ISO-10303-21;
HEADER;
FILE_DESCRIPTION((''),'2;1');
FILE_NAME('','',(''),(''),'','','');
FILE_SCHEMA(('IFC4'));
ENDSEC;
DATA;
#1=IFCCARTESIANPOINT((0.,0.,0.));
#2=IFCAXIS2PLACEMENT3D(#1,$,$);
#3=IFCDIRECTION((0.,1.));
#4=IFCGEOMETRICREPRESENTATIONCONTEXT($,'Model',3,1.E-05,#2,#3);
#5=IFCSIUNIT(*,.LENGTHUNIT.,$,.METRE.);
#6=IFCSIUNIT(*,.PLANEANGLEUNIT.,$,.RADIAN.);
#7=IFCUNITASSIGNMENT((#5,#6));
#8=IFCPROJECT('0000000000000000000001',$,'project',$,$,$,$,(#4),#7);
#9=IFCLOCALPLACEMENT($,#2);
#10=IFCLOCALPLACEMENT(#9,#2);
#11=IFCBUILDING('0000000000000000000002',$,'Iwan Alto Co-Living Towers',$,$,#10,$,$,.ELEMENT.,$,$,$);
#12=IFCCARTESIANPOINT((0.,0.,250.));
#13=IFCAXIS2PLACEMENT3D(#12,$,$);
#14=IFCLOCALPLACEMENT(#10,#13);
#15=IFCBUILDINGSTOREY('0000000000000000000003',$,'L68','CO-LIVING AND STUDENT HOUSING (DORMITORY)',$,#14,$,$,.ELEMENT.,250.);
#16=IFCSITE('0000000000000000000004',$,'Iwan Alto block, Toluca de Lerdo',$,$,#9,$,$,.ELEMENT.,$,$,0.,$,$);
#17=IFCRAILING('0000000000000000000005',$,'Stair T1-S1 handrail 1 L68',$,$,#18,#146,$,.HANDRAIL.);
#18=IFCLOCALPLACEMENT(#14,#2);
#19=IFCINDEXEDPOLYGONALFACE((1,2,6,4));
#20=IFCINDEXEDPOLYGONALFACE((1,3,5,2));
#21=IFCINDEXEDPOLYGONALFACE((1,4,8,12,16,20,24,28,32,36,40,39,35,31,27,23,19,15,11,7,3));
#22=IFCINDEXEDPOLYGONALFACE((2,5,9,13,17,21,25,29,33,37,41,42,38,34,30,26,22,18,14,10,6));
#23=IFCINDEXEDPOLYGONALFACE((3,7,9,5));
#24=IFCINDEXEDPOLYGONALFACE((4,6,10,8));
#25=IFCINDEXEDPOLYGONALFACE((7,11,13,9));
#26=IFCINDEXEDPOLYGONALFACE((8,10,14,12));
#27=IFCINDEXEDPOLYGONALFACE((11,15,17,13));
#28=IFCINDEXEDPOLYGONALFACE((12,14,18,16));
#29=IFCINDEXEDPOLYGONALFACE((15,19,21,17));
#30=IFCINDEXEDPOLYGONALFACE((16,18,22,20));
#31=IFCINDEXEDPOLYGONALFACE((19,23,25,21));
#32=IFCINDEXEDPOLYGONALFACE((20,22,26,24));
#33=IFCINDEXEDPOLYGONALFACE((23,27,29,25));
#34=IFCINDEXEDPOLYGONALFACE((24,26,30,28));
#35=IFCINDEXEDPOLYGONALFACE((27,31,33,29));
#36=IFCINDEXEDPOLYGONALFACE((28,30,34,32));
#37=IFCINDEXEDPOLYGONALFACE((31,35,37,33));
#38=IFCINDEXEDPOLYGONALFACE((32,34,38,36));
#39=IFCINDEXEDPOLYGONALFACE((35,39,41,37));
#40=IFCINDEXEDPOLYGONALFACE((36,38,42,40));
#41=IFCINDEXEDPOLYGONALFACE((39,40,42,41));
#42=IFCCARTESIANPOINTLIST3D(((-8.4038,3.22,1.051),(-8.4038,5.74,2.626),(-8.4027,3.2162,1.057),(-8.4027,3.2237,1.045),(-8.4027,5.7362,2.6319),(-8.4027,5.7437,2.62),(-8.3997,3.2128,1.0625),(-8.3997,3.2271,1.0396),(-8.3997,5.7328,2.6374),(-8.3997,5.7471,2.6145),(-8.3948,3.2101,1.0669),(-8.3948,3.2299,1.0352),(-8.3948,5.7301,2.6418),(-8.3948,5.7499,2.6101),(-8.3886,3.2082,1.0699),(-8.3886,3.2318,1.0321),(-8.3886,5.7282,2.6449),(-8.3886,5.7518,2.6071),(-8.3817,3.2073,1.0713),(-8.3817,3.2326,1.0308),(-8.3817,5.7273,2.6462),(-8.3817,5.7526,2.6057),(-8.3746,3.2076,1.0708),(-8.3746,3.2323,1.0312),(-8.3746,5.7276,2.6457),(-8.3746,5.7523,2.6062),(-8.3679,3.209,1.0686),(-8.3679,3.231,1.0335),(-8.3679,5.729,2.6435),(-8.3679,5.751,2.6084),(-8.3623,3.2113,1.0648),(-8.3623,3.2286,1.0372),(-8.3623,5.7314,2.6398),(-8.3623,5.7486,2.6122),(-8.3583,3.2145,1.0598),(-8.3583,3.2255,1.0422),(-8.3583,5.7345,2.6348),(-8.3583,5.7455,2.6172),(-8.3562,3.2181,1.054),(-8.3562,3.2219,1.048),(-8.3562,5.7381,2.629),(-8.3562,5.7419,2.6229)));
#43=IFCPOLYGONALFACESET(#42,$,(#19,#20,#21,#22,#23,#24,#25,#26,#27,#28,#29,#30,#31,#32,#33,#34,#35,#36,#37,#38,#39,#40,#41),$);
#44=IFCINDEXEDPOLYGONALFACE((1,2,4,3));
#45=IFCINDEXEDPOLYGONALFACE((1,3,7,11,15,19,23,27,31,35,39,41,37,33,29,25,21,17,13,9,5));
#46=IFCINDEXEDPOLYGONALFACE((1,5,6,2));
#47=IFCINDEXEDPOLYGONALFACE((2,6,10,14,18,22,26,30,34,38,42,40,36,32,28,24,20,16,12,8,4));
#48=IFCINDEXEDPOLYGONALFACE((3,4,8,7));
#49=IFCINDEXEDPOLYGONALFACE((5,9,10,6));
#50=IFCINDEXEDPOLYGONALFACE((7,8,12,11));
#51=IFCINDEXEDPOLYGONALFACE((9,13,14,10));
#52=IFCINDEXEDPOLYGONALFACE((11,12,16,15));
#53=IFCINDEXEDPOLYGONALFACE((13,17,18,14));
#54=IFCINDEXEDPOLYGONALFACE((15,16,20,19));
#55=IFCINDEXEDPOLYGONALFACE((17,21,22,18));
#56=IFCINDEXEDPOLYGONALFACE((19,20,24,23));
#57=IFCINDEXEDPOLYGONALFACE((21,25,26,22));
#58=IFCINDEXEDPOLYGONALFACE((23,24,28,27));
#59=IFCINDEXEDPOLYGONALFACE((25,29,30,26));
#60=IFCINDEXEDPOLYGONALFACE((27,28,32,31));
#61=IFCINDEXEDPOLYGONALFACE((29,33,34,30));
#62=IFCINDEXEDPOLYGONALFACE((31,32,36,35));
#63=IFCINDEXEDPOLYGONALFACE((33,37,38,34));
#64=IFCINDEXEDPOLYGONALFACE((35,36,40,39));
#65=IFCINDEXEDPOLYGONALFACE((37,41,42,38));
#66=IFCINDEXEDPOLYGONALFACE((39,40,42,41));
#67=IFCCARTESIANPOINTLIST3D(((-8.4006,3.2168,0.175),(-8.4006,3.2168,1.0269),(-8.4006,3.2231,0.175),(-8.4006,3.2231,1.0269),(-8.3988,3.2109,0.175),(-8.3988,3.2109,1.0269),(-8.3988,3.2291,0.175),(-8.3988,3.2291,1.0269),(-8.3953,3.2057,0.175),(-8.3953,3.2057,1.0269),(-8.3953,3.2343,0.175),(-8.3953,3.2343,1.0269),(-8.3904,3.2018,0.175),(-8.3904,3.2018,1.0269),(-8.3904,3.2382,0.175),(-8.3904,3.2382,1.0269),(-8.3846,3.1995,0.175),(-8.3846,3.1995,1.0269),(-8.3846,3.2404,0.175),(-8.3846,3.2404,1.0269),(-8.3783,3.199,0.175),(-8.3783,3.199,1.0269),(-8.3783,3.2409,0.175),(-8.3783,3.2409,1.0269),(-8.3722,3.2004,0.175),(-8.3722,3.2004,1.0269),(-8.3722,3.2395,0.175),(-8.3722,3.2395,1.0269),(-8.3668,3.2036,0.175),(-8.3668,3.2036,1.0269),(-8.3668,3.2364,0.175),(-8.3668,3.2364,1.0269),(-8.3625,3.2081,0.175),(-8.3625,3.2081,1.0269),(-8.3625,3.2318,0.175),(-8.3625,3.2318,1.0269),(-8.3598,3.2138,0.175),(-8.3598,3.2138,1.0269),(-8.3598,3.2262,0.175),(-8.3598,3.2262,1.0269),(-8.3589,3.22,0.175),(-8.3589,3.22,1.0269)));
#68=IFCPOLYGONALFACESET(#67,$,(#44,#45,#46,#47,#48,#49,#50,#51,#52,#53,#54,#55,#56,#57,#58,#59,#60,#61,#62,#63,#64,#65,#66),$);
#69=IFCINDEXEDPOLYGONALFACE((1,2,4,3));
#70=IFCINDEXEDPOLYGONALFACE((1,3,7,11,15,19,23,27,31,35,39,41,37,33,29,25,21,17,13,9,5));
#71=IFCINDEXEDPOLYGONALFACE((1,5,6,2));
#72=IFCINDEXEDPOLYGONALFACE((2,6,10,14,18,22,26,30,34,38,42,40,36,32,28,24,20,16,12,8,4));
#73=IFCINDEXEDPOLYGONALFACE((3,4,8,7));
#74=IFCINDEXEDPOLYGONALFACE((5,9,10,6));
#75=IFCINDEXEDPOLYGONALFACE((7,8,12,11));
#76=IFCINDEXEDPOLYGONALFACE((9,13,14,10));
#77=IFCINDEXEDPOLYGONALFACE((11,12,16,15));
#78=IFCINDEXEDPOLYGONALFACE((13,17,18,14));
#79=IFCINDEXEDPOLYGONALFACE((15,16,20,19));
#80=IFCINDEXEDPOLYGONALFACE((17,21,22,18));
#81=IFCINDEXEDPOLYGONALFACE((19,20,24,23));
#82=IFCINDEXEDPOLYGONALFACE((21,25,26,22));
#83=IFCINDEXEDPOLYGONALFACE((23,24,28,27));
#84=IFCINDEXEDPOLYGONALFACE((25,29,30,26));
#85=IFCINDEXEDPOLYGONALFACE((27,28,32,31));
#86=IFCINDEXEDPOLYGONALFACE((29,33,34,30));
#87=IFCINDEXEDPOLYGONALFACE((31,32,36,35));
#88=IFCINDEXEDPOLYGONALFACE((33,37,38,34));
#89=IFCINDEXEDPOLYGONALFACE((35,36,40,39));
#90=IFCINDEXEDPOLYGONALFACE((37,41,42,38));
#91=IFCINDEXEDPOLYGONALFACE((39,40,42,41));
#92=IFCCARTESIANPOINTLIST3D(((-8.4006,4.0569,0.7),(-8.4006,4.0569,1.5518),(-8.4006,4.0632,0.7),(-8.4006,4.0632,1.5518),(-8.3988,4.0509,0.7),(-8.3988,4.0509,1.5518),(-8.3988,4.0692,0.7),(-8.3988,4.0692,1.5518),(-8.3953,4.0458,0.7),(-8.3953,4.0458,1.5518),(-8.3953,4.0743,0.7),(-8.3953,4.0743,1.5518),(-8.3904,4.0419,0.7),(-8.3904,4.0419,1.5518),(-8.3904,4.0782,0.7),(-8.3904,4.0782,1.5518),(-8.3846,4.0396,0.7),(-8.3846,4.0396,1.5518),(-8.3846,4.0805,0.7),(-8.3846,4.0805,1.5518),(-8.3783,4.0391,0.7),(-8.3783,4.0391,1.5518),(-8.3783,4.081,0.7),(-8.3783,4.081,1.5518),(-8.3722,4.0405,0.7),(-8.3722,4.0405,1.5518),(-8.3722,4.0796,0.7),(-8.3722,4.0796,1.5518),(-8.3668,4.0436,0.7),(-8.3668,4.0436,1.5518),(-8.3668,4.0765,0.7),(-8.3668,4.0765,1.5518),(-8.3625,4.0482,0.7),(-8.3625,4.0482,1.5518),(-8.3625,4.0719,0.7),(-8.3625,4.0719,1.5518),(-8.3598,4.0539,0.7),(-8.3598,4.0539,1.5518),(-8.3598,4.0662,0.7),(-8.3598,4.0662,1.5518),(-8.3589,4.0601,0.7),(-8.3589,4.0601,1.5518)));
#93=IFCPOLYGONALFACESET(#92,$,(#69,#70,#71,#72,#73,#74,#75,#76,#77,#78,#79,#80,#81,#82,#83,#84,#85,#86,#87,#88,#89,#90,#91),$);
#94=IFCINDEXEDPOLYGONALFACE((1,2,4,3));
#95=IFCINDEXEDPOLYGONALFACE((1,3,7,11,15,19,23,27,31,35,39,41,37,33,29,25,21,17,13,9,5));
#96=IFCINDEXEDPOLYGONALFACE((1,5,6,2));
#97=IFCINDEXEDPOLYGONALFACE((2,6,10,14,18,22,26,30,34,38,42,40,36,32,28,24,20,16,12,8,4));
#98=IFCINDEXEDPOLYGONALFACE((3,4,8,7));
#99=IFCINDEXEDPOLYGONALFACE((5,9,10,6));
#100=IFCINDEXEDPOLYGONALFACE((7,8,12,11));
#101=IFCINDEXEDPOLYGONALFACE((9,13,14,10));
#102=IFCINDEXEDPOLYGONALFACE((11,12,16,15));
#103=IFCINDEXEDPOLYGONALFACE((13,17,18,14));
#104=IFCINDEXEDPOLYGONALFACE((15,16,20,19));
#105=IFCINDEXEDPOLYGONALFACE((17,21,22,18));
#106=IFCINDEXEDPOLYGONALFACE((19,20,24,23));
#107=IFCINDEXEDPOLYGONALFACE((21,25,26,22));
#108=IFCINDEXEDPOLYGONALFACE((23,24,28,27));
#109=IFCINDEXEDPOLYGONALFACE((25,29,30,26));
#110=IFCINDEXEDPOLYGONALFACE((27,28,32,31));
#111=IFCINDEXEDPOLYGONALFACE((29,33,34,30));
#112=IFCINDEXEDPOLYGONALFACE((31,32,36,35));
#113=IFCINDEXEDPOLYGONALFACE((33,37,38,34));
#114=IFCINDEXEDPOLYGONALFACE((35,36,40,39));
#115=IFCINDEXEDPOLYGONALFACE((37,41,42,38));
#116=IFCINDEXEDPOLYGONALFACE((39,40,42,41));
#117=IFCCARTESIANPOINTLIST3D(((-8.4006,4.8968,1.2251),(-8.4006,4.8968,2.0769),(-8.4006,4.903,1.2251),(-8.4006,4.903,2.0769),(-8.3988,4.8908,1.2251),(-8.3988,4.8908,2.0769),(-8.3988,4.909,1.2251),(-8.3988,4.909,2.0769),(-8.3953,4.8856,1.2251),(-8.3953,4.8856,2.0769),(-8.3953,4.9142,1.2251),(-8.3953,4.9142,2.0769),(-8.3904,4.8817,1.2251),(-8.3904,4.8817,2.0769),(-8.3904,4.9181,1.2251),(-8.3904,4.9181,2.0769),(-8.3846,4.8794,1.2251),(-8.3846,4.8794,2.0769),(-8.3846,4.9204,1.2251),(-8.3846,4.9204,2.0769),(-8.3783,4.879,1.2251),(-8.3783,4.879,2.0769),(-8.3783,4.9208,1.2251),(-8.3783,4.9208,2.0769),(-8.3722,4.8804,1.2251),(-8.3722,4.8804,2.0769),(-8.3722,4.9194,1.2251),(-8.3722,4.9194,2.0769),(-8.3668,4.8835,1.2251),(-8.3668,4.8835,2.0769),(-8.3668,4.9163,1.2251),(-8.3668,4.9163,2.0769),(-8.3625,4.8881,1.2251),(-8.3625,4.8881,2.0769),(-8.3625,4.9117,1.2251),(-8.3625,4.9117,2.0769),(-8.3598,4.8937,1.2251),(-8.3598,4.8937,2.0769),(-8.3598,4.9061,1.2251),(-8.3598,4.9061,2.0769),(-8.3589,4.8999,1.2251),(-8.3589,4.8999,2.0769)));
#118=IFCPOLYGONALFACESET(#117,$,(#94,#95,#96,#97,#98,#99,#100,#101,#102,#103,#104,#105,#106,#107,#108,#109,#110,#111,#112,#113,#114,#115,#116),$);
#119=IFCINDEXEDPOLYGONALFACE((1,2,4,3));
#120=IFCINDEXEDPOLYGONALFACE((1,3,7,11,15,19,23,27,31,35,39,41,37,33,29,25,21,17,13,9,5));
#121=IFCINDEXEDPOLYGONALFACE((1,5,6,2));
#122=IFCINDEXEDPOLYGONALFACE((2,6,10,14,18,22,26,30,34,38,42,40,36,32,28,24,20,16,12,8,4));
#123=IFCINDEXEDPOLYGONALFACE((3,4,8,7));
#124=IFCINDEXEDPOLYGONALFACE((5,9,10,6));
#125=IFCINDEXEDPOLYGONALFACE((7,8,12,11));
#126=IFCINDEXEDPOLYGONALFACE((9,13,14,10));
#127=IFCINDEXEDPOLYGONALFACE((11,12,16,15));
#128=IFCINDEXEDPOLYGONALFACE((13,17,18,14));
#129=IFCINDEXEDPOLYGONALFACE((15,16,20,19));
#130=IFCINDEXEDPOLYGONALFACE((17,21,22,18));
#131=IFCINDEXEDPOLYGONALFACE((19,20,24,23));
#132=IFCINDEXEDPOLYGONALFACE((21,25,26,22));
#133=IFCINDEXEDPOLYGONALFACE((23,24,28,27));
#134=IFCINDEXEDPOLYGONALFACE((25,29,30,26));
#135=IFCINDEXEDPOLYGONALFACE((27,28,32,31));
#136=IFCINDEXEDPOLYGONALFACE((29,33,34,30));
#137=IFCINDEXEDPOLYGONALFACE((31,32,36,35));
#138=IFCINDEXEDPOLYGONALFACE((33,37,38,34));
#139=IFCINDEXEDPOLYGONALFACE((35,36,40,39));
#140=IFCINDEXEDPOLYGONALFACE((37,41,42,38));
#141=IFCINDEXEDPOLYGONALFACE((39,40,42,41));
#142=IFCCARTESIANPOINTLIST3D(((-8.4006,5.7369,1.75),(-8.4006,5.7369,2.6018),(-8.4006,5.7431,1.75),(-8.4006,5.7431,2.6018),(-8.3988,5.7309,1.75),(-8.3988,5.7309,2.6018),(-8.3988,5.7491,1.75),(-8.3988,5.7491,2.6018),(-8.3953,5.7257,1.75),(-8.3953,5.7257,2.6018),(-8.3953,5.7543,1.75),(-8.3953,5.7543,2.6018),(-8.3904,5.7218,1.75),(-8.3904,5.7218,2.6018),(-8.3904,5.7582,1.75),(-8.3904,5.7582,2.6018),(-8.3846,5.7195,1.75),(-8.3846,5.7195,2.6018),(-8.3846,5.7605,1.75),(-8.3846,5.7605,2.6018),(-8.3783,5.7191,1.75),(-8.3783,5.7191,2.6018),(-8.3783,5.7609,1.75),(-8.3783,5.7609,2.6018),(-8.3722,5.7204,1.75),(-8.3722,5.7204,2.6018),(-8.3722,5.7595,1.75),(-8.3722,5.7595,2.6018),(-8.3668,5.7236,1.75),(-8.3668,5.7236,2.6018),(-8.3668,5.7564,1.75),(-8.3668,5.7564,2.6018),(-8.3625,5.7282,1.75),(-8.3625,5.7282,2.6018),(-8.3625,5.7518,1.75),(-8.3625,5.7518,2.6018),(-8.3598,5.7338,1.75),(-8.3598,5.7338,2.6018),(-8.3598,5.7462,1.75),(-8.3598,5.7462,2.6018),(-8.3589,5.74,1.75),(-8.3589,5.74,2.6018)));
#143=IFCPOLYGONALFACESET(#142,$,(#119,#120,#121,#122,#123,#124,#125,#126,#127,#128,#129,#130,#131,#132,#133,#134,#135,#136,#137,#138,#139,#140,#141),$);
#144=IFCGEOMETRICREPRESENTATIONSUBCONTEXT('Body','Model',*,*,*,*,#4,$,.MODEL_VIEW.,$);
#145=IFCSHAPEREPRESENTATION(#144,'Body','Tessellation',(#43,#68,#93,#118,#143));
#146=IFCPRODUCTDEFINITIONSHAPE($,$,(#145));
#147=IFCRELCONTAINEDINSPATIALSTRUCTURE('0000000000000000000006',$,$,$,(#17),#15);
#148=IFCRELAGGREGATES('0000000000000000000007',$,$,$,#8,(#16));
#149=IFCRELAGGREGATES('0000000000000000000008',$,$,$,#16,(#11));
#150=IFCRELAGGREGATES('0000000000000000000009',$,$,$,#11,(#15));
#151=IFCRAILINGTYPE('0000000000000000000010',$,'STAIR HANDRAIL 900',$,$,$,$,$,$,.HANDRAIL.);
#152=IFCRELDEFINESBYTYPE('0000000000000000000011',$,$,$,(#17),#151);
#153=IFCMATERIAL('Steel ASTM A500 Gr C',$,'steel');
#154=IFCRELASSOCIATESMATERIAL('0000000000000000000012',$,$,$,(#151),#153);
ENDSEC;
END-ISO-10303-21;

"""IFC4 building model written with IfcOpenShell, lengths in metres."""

from ifc_helpers import new_model, si_unit, direction, frame, origin, origin_2d, place, context, subcontext, project, spatial, circle, extrude, material, type_object, element, save


model = new_model("IFC4")

# Units and contexts
model_context = context("Model", 3, precision=1e-05, world=origin(), true_north=direction((0.0, 1.0)))
body_context = subcontext(model_context, "Body", "Model", "MODEL_VIEW")
ifc_project = project(units=[si_unit("LENGTHUNIT", "METRE"), si_unit("PLANEANGLEUNIT", "RADIAN")], contexts=[model_context])

# Site, building, storey
site_placement = place(None, origin())
site = spatial("IfcSite", under=ifc_project, at=site_placement, Name="Iwan Alto block, Toluca de Lerdo", CompositionType="ELEMENT", RefElevation=0.0)
building_placement = place(site_placement, origin())
building = spatial("IfcBuilding", under=site, at=building_placement, Name="Iwan Alto Co-Living Towers", CompositionType="ELEMENT")
storey_placement = place(building_placement, frame((0.0, 0.0, 250.0)))
storey = spatial("IfcBuildingStorey", under=building, at=storey_placement, Name="L68", Description="CO-LIVING AND STUDENT HOUSING (DORMITORY)", CompositionType="ELEMENT", Elevation=250.0)

# Railing
ifc_material_1 = material(Name="Steel ASTM A500 Gr C", Category="steel")
railing_type_1 = type_object("IfcRailingType", Name="STAIR HANDRAIL 900", PredefinedType="HANDRAIL", material=ifc_material_1)
railing_1_placement = place(storey_placement, frame((-8.3799, 3.22, 0.175)))
element("IfcRailing", 1, at=railing_1_placement, inside=storey, type_object=railing_type_1, Name="Stair T1-S1 handrail 1 L68", PredefinedType="HANDRAIL", context=body_context, shape_type="SweptSolid", body=[
    extrude(circle(Radius=0.0239, at=origin_2d()), frame((0.0, 0.0, 0.876), z_axis=(0.0, 0.848008, 0.529984), x_axis=(-1.0, 0.0, 0.0)), (0.0, 0.0, 1.0), 2.9717),
    extrude(circle(Radius=0.021, at=origin_2d()), origin(), (0.0, 0.0, 1.0), 0.8518),
    extrude(circle(Radius=0.021, at=origin_2d()), frame((0.0, 0.8401, 0.5249)), (0.0, 0.0, 1.0), 0.8518),
    extrude(circle(Radius=0.021, at=origin_2d()), frame((0.0, 1.6799, 1.05)), (0.0, 0.0, 1.0), 0.8518),
    extrude(circle(Radius=0.021, at=origin_2d()), frame((0.0, 2.52, 1.575)), (0.0, 0.0, 1.0), 0.8518),
])

save(model, "model.ifc")
